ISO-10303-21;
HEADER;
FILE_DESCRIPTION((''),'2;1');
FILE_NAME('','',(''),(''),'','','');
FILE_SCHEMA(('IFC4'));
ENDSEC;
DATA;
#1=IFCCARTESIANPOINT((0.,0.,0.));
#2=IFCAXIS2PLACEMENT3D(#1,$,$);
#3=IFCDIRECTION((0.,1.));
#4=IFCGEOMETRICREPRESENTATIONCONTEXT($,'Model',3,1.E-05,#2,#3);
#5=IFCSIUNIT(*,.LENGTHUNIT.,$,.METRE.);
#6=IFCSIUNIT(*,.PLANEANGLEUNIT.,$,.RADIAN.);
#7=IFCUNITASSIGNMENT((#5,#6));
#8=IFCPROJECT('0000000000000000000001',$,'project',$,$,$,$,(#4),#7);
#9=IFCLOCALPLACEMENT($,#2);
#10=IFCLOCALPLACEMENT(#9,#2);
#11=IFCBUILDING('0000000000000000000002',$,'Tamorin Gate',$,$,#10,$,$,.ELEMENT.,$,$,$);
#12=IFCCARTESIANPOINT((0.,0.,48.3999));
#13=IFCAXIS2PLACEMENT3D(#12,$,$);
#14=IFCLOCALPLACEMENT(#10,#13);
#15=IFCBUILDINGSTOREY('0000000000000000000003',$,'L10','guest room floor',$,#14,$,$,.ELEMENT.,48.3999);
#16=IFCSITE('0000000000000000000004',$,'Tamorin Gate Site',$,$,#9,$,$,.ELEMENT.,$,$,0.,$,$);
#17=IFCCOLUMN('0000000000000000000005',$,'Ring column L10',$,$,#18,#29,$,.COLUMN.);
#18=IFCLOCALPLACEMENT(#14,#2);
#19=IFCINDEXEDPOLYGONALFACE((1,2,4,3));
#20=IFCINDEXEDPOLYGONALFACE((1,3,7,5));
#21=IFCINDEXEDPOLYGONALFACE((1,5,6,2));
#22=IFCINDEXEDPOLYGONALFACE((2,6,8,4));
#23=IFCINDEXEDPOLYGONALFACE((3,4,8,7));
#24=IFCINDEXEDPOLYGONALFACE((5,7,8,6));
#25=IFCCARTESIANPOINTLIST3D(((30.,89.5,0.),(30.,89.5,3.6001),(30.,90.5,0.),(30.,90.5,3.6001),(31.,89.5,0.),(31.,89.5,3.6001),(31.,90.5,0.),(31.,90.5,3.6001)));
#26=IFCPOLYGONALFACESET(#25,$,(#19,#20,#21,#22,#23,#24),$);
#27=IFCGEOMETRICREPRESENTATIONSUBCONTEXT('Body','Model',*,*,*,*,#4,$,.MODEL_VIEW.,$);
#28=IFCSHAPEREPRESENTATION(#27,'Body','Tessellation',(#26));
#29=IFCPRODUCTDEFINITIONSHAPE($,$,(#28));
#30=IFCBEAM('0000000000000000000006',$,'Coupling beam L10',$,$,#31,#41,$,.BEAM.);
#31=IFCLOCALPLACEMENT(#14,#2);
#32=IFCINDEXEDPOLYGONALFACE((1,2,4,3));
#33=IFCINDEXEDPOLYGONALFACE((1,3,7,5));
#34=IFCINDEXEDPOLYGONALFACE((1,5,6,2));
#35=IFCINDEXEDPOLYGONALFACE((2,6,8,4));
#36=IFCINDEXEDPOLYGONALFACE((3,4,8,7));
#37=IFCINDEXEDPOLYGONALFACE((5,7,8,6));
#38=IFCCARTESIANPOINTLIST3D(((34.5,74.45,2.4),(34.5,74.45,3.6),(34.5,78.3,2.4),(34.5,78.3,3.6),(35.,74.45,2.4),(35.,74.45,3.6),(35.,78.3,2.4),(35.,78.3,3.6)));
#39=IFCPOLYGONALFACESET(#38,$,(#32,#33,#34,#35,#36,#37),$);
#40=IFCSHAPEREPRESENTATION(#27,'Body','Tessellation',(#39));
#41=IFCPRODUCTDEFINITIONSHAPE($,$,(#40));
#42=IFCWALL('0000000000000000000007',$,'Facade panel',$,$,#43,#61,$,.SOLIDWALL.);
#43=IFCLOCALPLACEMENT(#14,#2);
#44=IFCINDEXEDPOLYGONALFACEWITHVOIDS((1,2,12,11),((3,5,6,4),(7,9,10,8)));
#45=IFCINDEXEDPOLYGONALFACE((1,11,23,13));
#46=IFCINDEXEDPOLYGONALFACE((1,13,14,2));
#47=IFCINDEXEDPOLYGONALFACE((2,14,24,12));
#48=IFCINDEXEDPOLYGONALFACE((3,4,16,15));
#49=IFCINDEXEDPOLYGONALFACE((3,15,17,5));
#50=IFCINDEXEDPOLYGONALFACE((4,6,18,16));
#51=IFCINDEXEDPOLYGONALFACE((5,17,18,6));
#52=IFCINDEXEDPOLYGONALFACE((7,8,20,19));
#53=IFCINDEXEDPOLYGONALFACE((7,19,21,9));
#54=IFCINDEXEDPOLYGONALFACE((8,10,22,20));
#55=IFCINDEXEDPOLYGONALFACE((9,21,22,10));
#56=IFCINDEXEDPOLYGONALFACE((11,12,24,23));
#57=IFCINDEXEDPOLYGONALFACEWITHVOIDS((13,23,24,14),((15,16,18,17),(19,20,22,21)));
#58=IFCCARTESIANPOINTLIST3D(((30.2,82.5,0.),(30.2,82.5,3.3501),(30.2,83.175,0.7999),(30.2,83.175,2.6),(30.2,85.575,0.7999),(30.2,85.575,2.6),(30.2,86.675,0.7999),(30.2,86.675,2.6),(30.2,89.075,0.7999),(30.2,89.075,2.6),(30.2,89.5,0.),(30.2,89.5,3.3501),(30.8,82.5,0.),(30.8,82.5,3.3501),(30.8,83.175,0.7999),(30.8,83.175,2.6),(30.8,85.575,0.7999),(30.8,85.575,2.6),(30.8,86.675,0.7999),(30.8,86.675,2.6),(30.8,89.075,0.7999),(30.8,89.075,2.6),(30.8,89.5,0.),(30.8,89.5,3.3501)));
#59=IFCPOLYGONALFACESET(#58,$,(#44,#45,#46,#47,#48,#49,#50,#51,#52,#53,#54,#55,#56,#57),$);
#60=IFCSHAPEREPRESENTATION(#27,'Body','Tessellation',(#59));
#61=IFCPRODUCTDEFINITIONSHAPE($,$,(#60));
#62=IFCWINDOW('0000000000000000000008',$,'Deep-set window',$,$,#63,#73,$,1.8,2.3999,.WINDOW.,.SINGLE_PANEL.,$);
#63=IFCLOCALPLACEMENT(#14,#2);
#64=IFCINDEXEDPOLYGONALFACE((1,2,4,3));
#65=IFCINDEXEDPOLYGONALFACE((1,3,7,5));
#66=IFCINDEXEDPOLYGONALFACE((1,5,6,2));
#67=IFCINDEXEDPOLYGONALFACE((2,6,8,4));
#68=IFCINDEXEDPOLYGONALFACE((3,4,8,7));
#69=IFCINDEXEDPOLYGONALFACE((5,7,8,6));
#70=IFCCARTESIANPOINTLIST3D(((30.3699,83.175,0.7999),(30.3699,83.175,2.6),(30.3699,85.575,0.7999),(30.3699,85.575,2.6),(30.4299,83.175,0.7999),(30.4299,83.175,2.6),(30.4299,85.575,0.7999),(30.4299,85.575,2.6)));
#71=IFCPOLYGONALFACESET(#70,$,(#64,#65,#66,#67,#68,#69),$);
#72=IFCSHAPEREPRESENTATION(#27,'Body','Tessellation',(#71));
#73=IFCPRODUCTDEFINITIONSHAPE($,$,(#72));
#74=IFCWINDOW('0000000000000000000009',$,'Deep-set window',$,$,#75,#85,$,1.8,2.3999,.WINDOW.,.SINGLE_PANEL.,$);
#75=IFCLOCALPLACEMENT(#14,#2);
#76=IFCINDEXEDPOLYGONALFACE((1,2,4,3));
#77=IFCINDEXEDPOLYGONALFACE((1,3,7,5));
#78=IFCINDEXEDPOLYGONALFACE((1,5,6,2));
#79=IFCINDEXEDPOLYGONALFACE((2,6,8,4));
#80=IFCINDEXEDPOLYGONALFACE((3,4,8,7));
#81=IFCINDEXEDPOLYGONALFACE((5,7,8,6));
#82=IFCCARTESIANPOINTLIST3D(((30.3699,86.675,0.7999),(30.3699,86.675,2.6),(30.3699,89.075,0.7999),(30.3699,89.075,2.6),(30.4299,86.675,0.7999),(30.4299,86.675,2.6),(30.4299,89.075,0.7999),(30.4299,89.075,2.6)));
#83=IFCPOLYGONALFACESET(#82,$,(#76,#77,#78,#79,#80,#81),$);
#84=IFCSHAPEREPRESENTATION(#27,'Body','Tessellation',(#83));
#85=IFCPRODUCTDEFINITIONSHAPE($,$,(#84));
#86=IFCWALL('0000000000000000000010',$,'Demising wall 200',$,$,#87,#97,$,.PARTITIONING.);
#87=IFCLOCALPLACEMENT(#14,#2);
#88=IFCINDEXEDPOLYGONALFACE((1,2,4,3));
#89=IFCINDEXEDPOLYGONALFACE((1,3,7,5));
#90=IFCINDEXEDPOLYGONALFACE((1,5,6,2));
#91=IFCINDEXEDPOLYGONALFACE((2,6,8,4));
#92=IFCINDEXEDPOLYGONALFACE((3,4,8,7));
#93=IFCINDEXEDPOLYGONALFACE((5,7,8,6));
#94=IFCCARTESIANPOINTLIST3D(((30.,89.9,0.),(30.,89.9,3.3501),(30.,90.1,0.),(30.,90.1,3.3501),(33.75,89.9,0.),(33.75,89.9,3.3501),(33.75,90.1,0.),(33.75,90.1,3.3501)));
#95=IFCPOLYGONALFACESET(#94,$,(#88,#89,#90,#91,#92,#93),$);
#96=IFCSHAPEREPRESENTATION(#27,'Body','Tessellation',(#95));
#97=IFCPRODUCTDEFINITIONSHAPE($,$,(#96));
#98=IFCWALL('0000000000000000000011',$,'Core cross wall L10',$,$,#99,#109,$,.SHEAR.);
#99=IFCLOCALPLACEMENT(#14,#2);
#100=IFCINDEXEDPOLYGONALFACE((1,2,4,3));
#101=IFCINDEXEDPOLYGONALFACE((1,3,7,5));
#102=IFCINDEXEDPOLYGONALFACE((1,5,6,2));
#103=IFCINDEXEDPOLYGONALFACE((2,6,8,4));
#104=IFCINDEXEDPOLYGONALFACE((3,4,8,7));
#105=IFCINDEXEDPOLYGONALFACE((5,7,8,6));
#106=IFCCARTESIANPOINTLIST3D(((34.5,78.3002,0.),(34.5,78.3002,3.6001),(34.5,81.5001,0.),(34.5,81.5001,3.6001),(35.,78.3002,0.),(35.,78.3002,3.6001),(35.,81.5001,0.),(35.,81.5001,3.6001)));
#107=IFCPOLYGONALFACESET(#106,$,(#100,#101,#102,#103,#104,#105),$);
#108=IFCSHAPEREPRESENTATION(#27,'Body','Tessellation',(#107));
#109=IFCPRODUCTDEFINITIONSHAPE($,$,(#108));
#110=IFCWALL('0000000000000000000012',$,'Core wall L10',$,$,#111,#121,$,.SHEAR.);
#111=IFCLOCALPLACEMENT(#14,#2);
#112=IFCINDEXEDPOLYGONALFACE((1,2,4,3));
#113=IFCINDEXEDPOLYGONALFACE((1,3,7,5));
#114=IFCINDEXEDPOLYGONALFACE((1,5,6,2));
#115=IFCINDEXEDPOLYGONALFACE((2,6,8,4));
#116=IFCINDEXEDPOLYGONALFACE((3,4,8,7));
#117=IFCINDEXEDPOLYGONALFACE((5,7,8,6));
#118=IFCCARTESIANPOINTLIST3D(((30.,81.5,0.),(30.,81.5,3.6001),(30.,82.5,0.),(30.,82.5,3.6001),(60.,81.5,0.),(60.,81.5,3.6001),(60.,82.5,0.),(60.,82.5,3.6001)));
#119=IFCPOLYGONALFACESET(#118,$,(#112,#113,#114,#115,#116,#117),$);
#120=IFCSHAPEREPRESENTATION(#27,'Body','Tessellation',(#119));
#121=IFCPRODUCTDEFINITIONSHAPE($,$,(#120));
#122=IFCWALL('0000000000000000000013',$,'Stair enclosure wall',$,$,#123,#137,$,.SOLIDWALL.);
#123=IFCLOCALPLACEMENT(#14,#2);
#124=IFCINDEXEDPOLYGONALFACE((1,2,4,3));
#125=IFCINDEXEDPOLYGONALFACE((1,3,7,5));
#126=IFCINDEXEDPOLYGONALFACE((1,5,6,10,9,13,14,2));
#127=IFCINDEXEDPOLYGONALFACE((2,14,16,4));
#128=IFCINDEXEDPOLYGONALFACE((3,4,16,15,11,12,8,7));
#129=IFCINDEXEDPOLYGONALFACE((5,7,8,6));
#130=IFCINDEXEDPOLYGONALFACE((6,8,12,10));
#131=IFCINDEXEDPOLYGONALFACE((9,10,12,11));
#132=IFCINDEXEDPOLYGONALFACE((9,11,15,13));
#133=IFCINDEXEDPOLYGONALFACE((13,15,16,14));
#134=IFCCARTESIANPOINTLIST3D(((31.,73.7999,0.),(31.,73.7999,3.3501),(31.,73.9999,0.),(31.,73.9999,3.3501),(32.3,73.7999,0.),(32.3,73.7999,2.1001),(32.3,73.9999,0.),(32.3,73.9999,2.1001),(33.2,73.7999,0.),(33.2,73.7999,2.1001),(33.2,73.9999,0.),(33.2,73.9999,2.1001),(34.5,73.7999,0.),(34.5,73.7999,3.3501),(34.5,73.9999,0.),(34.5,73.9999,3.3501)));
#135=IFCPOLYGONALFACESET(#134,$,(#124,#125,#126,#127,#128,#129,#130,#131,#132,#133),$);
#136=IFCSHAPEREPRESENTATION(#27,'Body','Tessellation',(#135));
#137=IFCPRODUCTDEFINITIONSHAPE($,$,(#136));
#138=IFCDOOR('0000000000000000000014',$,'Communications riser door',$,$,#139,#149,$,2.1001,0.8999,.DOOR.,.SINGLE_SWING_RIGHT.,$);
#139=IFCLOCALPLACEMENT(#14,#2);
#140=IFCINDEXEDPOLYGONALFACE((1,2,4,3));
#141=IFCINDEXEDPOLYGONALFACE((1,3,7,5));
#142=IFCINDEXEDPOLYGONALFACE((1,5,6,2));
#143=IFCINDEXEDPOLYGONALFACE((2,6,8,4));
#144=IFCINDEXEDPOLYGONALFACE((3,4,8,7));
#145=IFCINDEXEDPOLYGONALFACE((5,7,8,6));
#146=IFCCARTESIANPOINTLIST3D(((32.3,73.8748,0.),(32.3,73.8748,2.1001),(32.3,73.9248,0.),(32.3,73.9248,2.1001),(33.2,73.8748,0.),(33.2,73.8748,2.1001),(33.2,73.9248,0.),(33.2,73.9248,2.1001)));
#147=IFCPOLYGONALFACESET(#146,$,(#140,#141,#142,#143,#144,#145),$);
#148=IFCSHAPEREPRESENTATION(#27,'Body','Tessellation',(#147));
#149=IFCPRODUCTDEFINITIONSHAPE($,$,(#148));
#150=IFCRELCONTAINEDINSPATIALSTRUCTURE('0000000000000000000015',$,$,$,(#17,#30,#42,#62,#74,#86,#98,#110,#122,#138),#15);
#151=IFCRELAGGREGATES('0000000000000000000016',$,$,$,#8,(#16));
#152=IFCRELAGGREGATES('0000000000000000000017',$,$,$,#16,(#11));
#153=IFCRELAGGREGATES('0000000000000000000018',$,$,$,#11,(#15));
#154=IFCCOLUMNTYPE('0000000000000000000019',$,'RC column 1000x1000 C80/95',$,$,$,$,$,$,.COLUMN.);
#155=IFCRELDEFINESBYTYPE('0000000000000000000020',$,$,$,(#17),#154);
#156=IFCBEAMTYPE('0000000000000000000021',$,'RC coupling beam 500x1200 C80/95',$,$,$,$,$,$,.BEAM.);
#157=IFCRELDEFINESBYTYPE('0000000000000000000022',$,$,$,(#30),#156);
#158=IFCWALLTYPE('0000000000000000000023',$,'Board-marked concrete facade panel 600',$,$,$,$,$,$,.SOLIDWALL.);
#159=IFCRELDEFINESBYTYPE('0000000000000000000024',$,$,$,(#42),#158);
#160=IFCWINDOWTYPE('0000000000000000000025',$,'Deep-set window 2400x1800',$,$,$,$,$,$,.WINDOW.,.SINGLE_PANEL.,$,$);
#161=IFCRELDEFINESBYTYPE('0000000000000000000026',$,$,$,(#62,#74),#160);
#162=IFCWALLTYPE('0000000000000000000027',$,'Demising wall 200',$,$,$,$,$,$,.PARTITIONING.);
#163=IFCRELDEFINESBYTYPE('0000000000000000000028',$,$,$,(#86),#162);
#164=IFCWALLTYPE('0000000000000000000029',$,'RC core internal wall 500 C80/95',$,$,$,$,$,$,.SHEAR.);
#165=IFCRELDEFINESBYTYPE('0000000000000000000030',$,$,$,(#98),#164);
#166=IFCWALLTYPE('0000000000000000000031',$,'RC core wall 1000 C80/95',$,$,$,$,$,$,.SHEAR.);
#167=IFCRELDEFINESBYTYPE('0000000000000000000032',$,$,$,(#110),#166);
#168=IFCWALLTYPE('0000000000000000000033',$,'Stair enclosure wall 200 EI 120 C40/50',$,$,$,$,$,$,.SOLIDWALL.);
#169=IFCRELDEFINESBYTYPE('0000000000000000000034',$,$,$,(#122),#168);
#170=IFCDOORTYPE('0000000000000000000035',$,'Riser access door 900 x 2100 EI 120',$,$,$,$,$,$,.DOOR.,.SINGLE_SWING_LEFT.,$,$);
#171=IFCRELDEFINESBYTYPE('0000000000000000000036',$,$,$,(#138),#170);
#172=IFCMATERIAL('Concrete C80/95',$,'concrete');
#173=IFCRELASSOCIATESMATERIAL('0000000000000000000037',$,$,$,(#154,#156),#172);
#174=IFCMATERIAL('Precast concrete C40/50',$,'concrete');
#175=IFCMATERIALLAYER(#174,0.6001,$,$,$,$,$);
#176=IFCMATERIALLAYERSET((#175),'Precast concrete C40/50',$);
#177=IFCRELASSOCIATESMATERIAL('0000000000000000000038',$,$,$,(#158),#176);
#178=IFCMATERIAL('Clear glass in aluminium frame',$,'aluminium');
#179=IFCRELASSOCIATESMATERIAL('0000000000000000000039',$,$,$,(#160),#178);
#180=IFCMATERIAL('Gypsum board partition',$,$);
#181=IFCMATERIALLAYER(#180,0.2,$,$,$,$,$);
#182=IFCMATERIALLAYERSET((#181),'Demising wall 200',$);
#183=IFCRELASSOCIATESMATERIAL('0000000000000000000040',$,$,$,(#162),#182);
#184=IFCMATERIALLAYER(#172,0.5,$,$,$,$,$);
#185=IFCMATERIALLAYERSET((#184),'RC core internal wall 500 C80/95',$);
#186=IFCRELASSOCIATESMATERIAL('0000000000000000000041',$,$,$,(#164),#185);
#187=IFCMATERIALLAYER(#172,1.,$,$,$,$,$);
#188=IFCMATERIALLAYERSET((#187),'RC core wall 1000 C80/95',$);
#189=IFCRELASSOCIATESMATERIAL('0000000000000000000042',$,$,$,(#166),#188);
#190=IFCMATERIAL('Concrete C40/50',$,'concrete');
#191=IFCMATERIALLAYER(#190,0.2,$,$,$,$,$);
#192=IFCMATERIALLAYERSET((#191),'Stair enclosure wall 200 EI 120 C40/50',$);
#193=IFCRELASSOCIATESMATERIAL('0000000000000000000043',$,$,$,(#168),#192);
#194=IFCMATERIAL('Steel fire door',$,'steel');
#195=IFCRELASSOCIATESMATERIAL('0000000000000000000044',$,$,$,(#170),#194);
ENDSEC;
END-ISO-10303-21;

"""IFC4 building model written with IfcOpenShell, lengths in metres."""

from ifc_helpers import new_model, si_unit, direction, frame, frame_2d, origin, origin_2d, place, context, subcontext, project, spatial, rectangle, extrude, material, layer, layer_set, material_profile, profile_set, type_object, element, fill, save


model = new_model("IFC4")

# Units and contexts
model_context = context("Model", 3, precision=1e-05, world=origin(), true_north=direction((0.0, 1.0)))
body_context = subcontext(model_context, "Body", "Model", "MODEL_VIEW")
ifc_project = project(units=[si_unit("LENGTHUNIT", "METRE"), si_unit("PLANEANGLEUNIT", "RADIAN")], contexts=[model_context])

# Site, building, storey
site_placement = place(None, origin())
site = spatial("IfcSite", under=ifc_project, at=site_placement, Name="Tamorin Gate Site", CompositionType="ELEMENT", RefElevation=0.0)
building_placement = place(site_placement, origin())
building = spatial("IfcBuilding", under=site, at=building_placement, Name="Tamorin Gate", CompositionType="ELEMENT")
storey_placement = place(building_placement, frame((0.0, 0.0, 48.3999)))
storey = spatial("IfcBuildingStorey", under=building, at=storey_placement, Name="L10", Description="guest room floor", CompositionType="ELEMENT", Elevation=48.3999)

# Column
ifc_material_1 = material(Name="Concrete C80/95", Category="concrete")
ifc_material_profile_1 = material_profile(ifc_material_1, rectangle(XDim=1.0, YDim=1.0, at=origin_2d()), Name="RC 1000x1000")
ifc_profile_set_1 = profile_set([ifc_material_profile_1], Name="Concrete C80/95")
column_type = type_object("IfcColumnType", Name="RC column 1000x1000 C80/95", PredefinedType="COLUMN", material=ifc_profile_set_1)
column_placement = place(storey_placement, frame((30.5, 90.0, 0.0), z_axis=(0.0, 0.0, 1.0), x_axis=(1.0, 0.0, 0.0)))
element("IfcColumn", 1, at=column_placement, inside=storey, type_object=column_type, Name="Ring column L10", PredefinedType="COLUMN", context=body_context, shape_type="SweptSolid", body=[
    extrude(rectangle(XDim=1.0, YDim=1.0, at=origin_2d()), origin(), (0.0, 0.0, 1.0), 3.6001),
])

# Beam
ifc_material_profile_2 = material_profile(ifc_material_1, rectangle(XDim=0.5, YDim=1.2, at=origin_2d()), Name="RC 500x1200")
ifc_profile_set_2 = profile_set([ifc_material_profile_2], Name="Concrete C80/95")
beam_type = type_object("IfcBeamType", Name="RC coupling beam 500x1200 C80/95", PredefinedType="BEAM", material=ifc_profile_set_2)
beam_placement = place(storey_placement, frame((34.75, 74.45, 3.0), z_axis=(0.0, 1.0, 0.0), x_axis=(-1.0, 0.0, 0.0)))
element("IfcBeam", 2, at=beam_placement, inside=storey, type_object=beam_type, Name="Coupling beam L10", PredefinedType="BEAM", context=body_context, shape_type="SweptSolid", body=[
    extrude(rectangle(XDim=0.5, YDim=1.2, at=origin_2d()), origin(), (0.0, 0.0, 1.0), 3.8501),
])

# Wall, openings, windows
ifc_material_2 = material(Name="Precast concrete C40/50", Category="concrete")
ifc_layer_1 = layer(ifc_material_2, 0.6001)
ifc_layer_set_1 = layer_set([ifc_layer_1], Name="Precast concrete C40/50")
wall_type_1 = type_object("IfcWallType", Name="Board-marked concrete facade panel 600", PredefinedType="SOLIDWALL", material=ifc_layer_set_1)
wall_1_placement = place(storey_placement, frame((30.5, 89.5, 0.0), z_axis=(0.0, 0.0, 1.0), x_axis=(0.0, -1.0, 0.0)))
wall_1 = element("IfcWall", 3, at=wall_1_placement, inside=storey, type_object=wall_type_1, Name="Facade panel", PredefinedType="SOLIDWALL", context=body_context, shape_type="SweptSolid", body=[
    extrude(rectangle(XDim=7.0, YDim=0.6001, at=frame_2d((3.5, 0.0))), origin(), (0.0, 0.0, 1.0), 3.3501),
])
opening_1_placement = place(wall_1_placement, frame((3.925, 0.0, 0.8)))
opening_1 = element("IfcOpeningElement", 4, at=opening_1_placement, cuts=wall_1, PredefinedType="OPENING", context=body_context, shape_type="SweptSolid", body=[
    extrude(rectangle(XDim=2.3999, YDim=1.8, at=frame_2d((1.2, 0.8999))), frame((0.0, 0.3101, 0.0), z_axis=(0.0, -1.0, 0.0), x_axis=(1.0, 0.0, 0.0)), (0.0, 0.0, 1.0), 0.6201),
])
opening_2_placement = place(wall_1_placement, frame((0.425, 0.0, 0.8)))
opening_2 = element("IfcOpeningElement", 5, at=opening_2_placement, cuts=wall_1, PredefinedType="OPENING", context=body_context, shape_type="SweptSolid", body=[
    extrude(rectangle(XDim=2.3999, YDim=1.8, at=frame_2d((1.2, 0.8999))), frame((0.0, 0.3101, 0.0), z_axis=(0.0, -1.0, 0.0), x_axis=(1.0, 0.0, 0.0)), (0.0, 0.0, 1.0), 0.6201),
])
ifc_material_3 = material(Name="Clear glass in aluminium frame", Category="aluminium")
window_type = type_object("IfcWindowType", Name="Deep-set window 2400x1800", PartitioningType="SINGLE_PANEL", PredefinedType="WINDOW", material=ifc_material_3)
window_1_placement = place(opening_1_placement, origin())
window_1 = element("IfcWindow", 6, at=window_1_placement, inside=storey, type_object=window_type, Name="Deep-set window", OverallHeight=1.8, OverallWidth=2.3999, PartitioningType="SINGLE_PANEL", PredefinedType="WINDOW", context=body_context, shape_type="SweptSolid", body=[
    extrude(rectangle(XDim=2.3999, YDim=1.8, at=frame_2d((1.2, 0.8999))), frame((0.0, -0.0701, 0.0), z_axis=(0.0, -1.0, 0.0), x_axis=(1.0, 0.0, 0.0)), (0.0, 0.0, 1.0), 0.0601),
])
fill(opening_1, window_1)
window_2_placement = place(opening_2_placement, origin())
window_2 = element("IfcWindow", 7, at=window_2_placement, inside=storey, type_object=window_type, Name="Deep-set window", OverallHeight=1.8, OverallWidth=2.3999, PartitioningType="SINGLE_PANEL", PredefinedType="WINDOW", context=body_context, shape_type="SweptSolid", body=[
    extrude(rectangle(XDim=2.3999, YDim=1.8, at=frame_2d((1.2, 0.8999))), frame((0.0, -0.0701, 0.0), z_axis=(0.0, -1.0, 0.0), x_axis=(1.0, 0.0, 0.0)), (0.0, 0.0, 1.0), 0.0601),
])
fill(opening_2, window_2)

# Walls
ifc_material_4 = material(Name="Gypsum board partition")
ifc_layer_2 = layer(ifc_material_4, 0.2)
ifc_layer_set_2 = layer_set([ifc_layer_2], Name="Demising wall 200")
wall_type_2 = type_object("IfcWallType", Name="Demising wall 200", PredefinedType="PARTITIONING", material=ifc_layer_set_2)
wall_2_placement = place(storey_placement, frame((30.0, 90.0, 0.0), z_axis=(0.0, 0.0, 1.0), x_axis=(1.0, 0.0, 0.0)))
element("IfcWall", 8, at=wall_2_placement, inside=storey, type_object=wall_type_2, Name="Demising wall 200", PredefinedType="PARTITIONING", context=body_context, shape_type="SweptSolid", body=[
    extrude(rectangle(XDim=3.75, YDim=0.2, at=frame_2d((1.875, 0.0))), origin(), (0.0, 0.0, 1.0), 3.3501),
])
ifc_layer_3 = layer(ifc_material_1, 0.5)
ifc_layer_set_3 = layer_set([ifc_layer_3], Name="RC core internal wall 500 C80/95")
wall_type_3 = type_object("IfcWallType", Name="RC core internal wall 500 C80/95", PredefinedType="SHEAR", material=ifc_layer_set_3)
wall_3_placement = place(storey_placement, frame((34.75, 78.3, 0.0), z_axis=(0.0, 0.0, 1.0), x_axis=(0.0, 1.0, 0.0)))
element("IfcWall", 9, at=wall_3_placement, inside=storey, type_object=wall_type_3, Name="Core cross wall L10", PredefinedType="SHEAR", context=body_context, shape_type="SweptSolid", body=[
    extrude(rectangle(XDim=3.2, YDim=0.5, at=frame_2d((1.6001, 0.0))), origin(), (0.0, 0.0, 1.0), 3.6001),
])
ifc_layer_4 = layer(ifc_material_1, 1.0)
ifc_layer_set_4 = layer_set([ifc_layer_4], Name="RC core wall 1000 C80/95")
wall_type_4 = type_object("IfcWallType", Name="RC core wall 1000 C80/95", PredefinedType="SHEAR", material=ifc_layer_set_4)
wall_4_placement = place(storey_placement, frame((30.0, 82.0, 0.0), z_axis=(0.0, 0.0, 1.0), x_axis=(1.0, 0.0, 0.0)))
element("IfcWall", 10, at=wall_4_placement, inside=storey, type_object=wall_type_4, Name="Core wall L10", PredefinedType="SHEAR", context=body_context, shape_type="SweptSolid", body=[
    extrude(rectangle(XDim=30.0, YDim=1.0, at=frame_2d((15.0, 0.0))), origin(), (0.0, 0.0, 1.0), 3.6001),
])

# Wall, opening, door
ifc_material_5 = material(Name="Concrete C40/50", Category="concrete")
ifc_layer_5 = layer(ifc_material_5, 0.2)
ifc_layer_set_5 = layer_set([ifc_layer_5], Name="Stair enclosure wall 200 EI 120 C40/50")
wall_type_5 = type_object("IfcWallType", Name="Stair enclosure wall 200 EI 120 C40/50", PredefinedType="SOLIDWALL", material=ifc_layer_set_5)
wall_5_placement = place(storey_placement, frame((31.0, 73.8999, 0.0), z_axis=(0.0, 0.0, 1.0), x_axis=(1.0, 0.0, 0.0)))
wall_5 = element("IfcWall", 11, at=wall_5_placement, inside=storey, type_object=wall_type_5, Name="Stair enclosure wall", PredefinedType="SOLIDWALL", context=body_context, shape_type="SweptSolid", body=[
    extrude(rectangle(XDim=3.5, YDim=0.2, at=frame_2d((1.75, 0.0))), origin(), (0.0, 0.0, 1.0), 3.3501),
])
opening_3_placement = place(wall_5_placement, frame((1.3, 0.0, 0.0)))
opening_3 = element("IfcOpeningElement", 12, at=opening_3_placement, cuts=wall_5, PredefinedType="OPENING", context=body_context, shape_type="SweptSolid", body=[
    extrude(rectangle(XDim=0.8999, YDim=2.1001, at=frame_2d((0.45, 1.05))), frame((0.0, 0.1099, 0.0), z_axis=(0.0, -1.0, 0.0), x_axis=(1.0, 0.0, 0.0)), (0.0, 0.0, 1.0), 0.22),
])
ifc_material_6 = material(Name="Steel fire door", Category="steel")
door_type_1 = type_object("IfcDoorType", Name="Riser access door 900 x 2100 EI 120", OperationType="SINGLE_SWING_LEFT", PredefinedType="DOOR", material=ifc_material_6)
door_1_placement = place(opening_3_placement, origin())
door_1 = element("IfcDoor", 13, at=door_1_placement, inside=storey, type_object=door_type_1, Name="Communications riser door", OperationType="SINGLE_SWING_RIGHT", OverallHeight=2.1001, OverallWidth=0.8999, PredefinedType="DOOR", context=body_context, shape_type="SweptSolid", body=[
    extrude(rectangle(XDim=0.8999, YDim=2.1001, at=frame_2d((0.45, 1.05))), frame((0.0, 0.0249, 0.0), z_axis=(0.0, -1.0, 0.0), x_axis=(1.0, 0.0, 0.0)), (0.0, 0.0, 1.0), 0.05),
])
fill(opening_3, door_1)

save(model, "model.ifc")
